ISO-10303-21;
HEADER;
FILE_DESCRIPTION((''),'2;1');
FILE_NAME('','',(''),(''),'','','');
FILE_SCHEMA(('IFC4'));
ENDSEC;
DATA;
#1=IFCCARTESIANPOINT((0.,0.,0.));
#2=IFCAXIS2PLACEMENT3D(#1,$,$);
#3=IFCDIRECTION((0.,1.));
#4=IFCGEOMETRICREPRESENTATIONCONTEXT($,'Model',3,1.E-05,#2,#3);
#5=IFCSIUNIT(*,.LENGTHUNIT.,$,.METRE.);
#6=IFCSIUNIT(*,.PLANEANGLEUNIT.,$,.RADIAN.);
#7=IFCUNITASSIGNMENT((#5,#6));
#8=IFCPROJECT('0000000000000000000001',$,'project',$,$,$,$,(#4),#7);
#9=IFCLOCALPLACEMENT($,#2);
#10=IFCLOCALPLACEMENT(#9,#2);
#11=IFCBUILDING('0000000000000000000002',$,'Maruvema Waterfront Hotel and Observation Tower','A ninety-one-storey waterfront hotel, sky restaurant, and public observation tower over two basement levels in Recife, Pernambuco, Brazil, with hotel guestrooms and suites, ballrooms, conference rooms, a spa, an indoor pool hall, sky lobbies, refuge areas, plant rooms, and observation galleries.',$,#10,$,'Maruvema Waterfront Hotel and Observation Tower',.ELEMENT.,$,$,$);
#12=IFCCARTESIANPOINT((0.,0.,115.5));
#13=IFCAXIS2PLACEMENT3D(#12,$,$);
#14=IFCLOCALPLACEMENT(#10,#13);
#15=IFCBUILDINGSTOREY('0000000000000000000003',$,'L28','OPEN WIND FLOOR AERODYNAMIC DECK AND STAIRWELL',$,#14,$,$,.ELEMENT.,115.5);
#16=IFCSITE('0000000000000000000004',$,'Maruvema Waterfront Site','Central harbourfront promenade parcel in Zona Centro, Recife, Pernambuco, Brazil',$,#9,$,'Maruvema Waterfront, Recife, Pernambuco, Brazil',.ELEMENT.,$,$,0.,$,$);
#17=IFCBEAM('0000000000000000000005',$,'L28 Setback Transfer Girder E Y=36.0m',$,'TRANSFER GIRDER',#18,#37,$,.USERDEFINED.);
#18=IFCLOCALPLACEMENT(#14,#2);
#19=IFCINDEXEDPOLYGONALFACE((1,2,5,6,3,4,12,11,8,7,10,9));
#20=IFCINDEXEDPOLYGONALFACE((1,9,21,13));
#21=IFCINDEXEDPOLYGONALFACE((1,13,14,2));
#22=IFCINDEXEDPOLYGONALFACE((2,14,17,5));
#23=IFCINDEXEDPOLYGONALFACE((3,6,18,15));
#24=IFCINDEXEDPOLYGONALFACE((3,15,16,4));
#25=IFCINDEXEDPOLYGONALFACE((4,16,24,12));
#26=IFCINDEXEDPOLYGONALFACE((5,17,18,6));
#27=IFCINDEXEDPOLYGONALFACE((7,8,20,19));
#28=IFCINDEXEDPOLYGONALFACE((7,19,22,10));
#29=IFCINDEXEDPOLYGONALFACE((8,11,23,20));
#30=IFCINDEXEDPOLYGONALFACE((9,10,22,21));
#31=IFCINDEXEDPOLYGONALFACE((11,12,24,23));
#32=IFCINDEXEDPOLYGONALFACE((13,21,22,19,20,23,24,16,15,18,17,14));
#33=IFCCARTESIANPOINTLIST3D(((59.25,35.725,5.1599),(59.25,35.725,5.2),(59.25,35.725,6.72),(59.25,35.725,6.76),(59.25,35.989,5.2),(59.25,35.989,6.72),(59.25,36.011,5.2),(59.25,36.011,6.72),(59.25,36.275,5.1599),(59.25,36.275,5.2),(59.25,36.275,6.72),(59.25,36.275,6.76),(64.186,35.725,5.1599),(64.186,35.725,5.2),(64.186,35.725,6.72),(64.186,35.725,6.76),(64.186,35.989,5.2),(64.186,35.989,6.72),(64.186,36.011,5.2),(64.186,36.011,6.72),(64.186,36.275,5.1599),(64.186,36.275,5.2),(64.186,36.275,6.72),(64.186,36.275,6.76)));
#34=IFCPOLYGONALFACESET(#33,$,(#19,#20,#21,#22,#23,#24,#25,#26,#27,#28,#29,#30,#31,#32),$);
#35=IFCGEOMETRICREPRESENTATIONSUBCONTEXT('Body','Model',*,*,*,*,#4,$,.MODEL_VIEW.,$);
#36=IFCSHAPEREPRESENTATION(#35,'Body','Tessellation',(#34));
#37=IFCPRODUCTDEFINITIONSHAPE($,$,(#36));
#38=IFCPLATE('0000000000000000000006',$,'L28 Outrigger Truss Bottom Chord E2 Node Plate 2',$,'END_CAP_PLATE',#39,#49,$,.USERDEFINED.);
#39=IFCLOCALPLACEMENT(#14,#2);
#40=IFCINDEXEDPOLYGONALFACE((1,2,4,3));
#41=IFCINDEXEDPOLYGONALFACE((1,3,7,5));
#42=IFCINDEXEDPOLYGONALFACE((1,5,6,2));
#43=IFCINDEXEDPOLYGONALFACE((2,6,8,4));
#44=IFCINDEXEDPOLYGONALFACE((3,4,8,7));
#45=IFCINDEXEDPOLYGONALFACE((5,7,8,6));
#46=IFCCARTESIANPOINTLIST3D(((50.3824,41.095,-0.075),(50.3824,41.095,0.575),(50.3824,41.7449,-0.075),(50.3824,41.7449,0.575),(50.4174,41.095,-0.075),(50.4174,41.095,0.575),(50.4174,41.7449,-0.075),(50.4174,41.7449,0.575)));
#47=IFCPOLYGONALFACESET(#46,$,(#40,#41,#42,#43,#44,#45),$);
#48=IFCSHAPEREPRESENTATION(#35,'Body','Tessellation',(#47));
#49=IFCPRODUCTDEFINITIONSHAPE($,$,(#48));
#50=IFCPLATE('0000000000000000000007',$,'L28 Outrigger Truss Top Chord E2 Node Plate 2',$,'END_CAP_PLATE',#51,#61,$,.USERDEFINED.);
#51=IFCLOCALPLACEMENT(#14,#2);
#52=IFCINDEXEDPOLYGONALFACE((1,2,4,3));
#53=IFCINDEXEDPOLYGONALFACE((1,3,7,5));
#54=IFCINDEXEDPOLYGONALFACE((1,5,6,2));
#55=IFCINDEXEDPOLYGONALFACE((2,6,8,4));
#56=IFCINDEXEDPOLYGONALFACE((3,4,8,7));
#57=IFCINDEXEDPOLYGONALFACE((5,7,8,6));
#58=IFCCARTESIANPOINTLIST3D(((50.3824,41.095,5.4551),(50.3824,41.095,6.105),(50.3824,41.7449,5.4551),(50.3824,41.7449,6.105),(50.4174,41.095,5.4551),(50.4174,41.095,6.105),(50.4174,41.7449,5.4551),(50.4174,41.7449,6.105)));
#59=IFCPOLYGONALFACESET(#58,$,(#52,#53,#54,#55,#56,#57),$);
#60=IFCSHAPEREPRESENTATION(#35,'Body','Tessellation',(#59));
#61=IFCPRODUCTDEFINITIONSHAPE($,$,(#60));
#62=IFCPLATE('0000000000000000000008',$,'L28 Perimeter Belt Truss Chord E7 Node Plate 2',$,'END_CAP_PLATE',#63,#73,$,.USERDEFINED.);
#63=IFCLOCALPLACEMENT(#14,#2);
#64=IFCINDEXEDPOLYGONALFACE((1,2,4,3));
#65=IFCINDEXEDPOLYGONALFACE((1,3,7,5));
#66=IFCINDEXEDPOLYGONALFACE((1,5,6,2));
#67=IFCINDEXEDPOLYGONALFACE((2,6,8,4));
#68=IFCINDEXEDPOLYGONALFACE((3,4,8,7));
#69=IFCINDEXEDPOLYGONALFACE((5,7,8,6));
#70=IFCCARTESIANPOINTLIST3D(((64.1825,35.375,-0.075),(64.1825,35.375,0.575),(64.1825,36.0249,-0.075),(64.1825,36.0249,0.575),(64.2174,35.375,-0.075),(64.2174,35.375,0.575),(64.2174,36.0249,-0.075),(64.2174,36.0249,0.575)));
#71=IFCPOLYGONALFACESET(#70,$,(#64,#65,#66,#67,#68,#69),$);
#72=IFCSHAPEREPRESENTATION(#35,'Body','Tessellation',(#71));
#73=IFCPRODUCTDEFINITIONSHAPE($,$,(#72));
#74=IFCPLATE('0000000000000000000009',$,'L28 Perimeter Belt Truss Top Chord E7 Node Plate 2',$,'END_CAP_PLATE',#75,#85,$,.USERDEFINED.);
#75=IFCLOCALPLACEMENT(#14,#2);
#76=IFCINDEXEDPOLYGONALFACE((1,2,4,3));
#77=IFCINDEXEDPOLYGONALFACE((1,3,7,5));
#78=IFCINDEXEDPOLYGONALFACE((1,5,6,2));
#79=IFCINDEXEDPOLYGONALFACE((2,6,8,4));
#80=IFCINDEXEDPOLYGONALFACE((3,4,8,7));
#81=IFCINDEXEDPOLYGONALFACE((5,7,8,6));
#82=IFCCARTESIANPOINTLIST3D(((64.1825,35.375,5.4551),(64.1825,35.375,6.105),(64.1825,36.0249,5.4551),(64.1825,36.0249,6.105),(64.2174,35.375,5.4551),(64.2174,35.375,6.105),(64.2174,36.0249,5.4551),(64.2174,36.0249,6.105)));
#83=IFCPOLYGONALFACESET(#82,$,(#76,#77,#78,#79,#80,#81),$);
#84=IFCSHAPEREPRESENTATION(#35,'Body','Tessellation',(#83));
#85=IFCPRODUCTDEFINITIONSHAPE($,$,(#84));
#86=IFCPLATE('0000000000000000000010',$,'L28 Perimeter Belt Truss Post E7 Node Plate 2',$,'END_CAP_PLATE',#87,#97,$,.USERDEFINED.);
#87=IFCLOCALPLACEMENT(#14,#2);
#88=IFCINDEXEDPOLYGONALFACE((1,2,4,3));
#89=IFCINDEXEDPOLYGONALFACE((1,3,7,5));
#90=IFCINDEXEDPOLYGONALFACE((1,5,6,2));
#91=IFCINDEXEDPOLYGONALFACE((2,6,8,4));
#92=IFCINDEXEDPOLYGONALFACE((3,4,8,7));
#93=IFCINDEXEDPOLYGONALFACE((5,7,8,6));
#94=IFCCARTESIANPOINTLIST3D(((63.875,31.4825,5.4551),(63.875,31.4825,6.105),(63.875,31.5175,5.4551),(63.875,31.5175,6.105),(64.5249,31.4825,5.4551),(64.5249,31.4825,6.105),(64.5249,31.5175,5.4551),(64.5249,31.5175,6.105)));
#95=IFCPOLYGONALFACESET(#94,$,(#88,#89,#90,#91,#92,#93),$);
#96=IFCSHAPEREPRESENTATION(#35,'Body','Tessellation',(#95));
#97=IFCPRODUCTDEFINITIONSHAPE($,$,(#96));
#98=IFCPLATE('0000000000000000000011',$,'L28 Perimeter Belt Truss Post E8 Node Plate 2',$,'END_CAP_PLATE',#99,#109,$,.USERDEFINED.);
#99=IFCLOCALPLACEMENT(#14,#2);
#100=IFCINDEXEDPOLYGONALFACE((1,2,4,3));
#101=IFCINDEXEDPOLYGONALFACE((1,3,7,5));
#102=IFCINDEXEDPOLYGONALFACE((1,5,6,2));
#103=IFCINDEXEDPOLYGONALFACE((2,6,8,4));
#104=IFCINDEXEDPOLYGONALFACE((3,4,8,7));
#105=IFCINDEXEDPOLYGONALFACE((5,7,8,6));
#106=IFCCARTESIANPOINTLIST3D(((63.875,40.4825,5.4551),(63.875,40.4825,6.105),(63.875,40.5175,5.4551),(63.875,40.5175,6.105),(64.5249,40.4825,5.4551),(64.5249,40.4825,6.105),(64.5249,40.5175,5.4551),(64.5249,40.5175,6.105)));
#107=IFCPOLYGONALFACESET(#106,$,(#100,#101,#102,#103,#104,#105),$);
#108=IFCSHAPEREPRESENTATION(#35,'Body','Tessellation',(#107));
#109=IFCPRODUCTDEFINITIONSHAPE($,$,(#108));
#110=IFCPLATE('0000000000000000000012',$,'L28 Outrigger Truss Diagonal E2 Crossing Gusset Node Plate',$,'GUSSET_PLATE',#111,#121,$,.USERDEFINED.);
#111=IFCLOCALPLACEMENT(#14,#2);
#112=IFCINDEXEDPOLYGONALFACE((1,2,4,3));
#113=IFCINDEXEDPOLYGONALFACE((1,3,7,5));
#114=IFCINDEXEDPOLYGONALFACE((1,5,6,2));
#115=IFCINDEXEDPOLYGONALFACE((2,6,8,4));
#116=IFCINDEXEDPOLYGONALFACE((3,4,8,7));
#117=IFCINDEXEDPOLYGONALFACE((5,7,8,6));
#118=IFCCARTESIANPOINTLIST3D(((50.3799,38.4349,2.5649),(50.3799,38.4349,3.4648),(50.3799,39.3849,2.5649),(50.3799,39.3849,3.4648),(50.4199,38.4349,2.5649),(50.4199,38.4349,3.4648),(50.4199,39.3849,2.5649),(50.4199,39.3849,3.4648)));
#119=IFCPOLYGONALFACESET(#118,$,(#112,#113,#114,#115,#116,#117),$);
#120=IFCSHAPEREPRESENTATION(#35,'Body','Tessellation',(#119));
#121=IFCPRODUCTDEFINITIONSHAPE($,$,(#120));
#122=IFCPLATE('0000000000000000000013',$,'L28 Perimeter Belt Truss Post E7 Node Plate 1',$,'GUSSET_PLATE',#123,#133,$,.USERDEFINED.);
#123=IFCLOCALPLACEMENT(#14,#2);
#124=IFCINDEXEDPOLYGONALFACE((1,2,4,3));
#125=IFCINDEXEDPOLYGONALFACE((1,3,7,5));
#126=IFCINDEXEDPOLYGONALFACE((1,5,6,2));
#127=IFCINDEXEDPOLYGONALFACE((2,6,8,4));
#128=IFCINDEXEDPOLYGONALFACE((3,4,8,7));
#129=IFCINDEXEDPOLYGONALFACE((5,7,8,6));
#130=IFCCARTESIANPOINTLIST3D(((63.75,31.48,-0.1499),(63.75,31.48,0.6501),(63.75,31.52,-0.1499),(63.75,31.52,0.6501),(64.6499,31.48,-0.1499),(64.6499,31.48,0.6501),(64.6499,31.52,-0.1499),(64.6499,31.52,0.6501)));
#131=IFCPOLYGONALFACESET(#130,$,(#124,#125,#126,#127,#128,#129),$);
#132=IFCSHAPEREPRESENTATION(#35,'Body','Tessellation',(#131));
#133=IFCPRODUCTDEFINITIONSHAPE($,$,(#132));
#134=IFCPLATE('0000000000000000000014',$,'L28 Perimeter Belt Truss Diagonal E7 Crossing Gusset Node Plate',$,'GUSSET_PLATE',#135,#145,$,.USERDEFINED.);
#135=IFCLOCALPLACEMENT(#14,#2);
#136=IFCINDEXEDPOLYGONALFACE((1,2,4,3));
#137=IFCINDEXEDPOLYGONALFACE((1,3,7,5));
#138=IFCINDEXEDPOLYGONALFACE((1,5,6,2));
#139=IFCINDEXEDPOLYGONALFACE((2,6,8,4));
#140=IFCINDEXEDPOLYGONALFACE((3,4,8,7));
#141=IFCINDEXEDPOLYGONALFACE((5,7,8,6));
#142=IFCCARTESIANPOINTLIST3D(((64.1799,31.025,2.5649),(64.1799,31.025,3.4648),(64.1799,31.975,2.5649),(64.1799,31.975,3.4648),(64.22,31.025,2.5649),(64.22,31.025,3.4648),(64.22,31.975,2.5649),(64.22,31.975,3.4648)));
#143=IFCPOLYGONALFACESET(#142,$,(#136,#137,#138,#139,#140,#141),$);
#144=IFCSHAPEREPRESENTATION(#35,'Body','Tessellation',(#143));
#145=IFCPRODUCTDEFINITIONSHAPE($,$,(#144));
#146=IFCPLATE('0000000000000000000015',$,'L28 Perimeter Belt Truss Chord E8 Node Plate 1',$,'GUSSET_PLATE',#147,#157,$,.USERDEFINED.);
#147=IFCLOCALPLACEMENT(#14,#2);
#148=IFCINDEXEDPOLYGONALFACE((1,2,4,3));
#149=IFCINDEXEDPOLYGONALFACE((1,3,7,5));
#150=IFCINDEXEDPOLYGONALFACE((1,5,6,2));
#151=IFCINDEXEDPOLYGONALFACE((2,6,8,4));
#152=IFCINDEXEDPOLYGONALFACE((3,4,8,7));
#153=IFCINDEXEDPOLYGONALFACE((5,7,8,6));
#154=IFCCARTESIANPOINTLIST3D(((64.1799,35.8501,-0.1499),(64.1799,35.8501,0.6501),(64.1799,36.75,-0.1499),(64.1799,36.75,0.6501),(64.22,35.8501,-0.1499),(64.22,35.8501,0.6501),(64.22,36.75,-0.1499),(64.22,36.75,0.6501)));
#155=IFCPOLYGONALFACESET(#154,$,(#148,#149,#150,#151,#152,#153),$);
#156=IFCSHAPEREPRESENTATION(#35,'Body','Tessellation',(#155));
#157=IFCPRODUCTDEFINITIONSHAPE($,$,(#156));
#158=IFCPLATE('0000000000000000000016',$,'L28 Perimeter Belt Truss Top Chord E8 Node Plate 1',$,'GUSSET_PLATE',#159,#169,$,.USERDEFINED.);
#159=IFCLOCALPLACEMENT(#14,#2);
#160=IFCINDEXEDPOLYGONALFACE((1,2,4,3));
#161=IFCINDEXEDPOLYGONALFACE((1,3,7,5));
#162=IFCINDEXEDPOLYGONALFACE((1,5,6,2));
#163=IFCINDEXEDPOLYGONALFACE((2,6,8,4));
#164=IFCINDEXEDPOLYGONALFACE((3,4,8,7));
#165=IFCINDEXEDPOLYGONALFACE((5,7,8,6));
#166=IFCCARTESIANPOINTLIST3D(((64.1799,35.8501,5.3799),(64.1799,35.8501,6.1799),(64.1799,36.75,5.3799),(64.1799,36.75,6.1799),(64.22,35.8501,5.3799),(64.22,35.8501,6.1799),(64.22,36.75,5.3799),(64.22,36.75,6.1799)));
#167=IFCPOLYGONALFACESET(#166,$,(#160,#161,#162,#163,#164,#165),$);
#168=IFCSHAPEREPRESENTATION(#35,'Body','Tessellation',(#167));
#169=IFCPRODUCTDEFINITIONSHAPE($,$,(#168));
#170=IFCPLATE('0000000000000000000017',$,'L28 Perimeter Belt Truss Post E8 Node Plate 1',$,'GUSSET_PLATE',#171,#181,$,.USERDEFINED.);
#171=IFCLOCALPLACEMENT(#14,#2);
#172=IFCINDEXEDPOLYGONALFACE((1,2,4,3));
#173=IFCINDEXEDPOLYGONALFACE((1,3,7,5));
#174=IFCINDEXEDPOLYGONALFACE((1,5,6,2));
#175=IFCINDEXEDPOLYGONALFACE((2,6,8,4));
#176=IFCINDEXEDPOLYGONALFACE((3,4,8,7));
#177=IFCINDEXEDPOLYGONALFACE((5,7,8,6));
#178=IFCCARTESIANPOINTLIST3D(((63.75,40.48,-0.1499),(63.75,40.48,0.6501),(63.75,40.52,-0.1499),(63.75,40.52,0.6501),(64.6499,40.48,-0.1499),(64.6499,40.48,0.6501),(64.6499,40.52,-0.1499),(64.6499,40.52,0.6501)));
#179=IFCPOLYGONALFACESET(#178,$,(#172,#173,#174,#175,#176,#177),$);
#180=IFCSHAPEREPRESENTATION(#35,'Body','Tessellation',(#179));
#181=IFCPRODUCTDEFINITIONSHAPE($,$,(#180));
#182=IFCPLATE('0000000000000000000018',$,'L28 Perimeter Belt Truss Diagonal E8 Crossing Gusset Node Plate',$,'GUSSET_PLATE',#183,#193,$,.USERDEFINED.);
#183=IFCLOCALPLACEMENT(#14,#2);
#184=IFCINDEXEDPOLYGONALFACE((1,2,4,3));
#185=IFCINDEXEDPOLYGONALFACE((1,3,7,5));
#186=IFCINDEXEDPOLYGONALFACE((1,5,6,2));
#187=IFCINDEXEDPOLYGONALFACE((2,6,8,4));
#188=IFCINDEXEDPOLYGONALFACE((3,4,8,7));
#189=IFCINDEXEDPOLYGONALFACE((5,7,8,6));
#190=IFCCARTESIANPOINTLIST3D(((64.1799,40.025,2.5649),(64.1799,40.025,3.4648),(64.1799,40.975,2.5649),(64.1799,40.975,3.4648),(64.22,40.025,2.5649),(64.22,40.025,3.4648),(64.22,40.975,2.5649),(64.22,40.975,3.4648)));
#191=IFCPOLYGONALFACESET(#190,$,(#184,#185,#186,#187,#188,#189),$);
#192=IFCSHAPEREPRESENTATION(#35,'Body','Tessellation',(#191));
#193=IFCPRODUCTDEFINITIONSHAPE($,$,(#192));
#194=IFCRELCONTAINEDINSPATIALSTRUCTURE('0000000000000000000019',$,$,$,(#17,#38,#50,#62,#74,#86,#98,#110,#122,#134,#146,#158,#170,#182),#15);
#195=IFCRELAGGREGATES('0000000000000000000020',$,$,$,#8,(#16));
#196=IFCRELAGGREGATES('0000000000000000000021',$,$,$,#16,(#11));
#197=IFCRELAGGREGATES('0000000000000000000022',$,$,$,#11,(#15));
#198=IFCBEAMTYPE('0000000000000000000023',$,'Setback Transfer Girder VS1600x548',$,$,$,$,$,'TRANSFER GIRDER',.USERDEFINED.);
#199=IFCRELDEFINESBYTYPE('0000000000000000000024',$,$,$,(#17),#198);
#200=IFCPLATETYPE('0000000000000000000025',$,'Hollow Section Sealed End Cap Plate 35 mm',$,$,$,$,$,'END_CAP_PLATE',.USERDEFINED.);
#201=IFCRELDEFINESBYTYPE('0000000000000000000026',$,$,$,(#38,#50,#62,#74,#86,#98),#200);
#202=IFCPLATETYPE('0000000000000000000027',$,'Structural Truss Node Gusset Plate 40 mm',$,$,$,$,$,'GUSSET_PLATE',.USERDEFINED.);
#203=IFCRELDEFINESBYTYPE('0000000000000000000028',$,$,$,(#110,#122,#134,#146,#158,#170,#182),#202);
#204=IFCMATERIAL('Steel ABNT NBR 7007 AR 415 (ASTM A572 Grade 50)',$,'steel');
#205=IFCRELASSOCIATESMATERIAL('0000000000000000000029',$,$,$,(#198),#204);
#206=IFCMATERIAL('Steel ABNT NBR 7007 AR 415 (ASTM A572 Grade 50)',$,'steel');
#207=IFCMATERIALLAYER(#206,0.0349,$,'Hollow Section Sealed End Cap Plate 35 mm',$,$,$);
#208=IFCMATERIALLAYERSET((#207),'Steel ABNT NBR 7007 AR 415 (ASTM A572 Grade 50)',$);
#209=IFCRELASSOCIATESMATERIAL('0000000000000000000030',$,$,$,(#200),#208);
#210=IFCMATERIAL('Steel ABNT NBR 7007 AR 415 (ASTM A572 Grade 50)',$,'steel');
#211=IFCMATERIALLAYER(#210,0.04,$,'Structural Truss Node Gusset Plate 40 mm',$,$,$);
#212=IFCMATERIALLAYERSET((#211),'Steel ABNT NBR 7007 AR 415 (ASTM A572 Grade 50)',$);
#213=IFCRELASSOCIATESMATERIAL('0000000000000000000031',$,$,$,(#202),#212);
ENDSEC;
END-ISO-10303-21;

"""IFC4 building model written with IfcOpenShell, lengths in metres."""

from ifc_helpers import new_model, si_unit, direction, frame, origin, origin_2d, place, context, subcontext, project, spatial, rectangle, i_section, extrude, material, layer, layer_set, material_profile, profile_set, type_object, element, save


model = new_model("IFC4")

# Units and contexts
model_context = context("Model", 3, precision=1e-05, world=origin(), true_north=direction((0.0, 1.0)))
body_context = subcontext(model_context, "Body", "Model", "MODEL_VIEW")
ifc_project = project(units=[si_unit("LENGTHUNIT", "METRE"), si_unit("PLANEANGLEUNIT", "RADIAN")], contexts=[model_context])

# Site, building, storey
site_placement = place(None, origin())
site = spatial("IfcSite", under=ifc_project, at=site_placement, Name="Maruvema Waterfront Site", Description="Central harbourfront promenade parcel in Zona Centro, Recife, Pernambuco, Brazil", LongName="Maruvema Waterfront, Recife, Pernambuco, Brazil", CompositionType="ELEMENT", RefElevation=0.0)
building_placement = place(site_placement, origin())
building = spatial("IfcBuilding", under=site, at=building_placement, Name="Maruvema Waterfront Hotel and Observation Tower", Description="A ninety-one-storey waterfront hotel, sky restaurant, and public observation tower over two basement levels in Recife, Pernambuco, Brazil, with hotel guestrooms and suites, ballrooms, conference rooms, a spa, an indoor pool hall, sky lobbies, refuge areas, plant rooms, and observation galleries.", LongName="Maruvema Waterfront Hotel and Observation Tower", CompositionType="ELEMENT")
storey_placement = place(building_placement, frame((0.0, 0.0, 115.5)))
storey = spatial("IfcBuildingStorey", under=building, at=storey_placement, Name="L28", Description="OPEN WIND FLOOR AERODYNAMIC DECK AND STAIRWELL", CompositionType="ELEMENT", Elevation=115.5)

# Beam
ifc_material_1 = material(Name="Steel ABNT NBR 7007 AR 415 (ASTM A572 Grade 50)", Category="steel")
ifc_material_profile_1 = material_profile(ifc_material_1, i_section(OverallWidth=0.55, OverallDepth=1.6001, WebThickness=0.022, FlangeThickness=0.04, at=origin_2d()), Name="VS1600x548")
ifc_profile_set_1 = profile_set([ifc_material_profile_1], Name="Steel ABNT NBR 7007 AR 415 (ASTM A572 Grade 50)")
beam_type_1 = type_object("IfcBeamType", Name="Setback Transfer Girder VS1600x548", ElementType="TRANSFER GIRDER", PredefinedType="USERDEFINED", material=ifc_profile_set_1)
beam_1_placement = place(storey_placement, frame((59.25, 36.0, 5.96), z_axis=(1.0, 0.0, 0.0), x_axis=(0.0, 1.0, 0.0)))
element("IfcBeam", 1, at=beam_1_placement, inside=storey, type_object=beam_type_1, Name="L28 Setback Transfer Girder E Y=36.0m", ObjectType="TRANSFER GIRDER", PredefinedType="USERDEFINED", context=body_context, shape_type="SweptSolid", body=[
    extrude(i_section(OverallWidth=0.55, OverallDepth=1.6001, WebThickness=0.022, FlangeThickness=0.04, at=origin_2d()), origin(), (0.0, 0.0, 1.0), 4.936),
])

# Plates
ifc_material_2 = material(Name="Steel ABNT NBR 7007 AR 415 (ASTM A572 Grade 50)", Category="steel")
ifc_layer_1 = layer(ifc_material_2, 0.0349, Name="Hollow Section Sealed End Cap Plate 35 mm")
ifc_layer_set_1 = layer_set([ifc_layer_1], Name="Steel ABNT NBR 7007 AR 415 (ASTM A572 Grade 50)")
plate_type_1 = type_object("IfcPlateType", Name="Hollow Section Sealed End Cap Plate 35 mm", ElementType="END_CAP_PLATE", PredefinedType="USERDEFINED", material=ifc_layer_set_1)
for number, where, z_axis, x_axis, name in (
    (2, (50.3999, 41.4199, -0.075), (0.0, 0.0, 1.0), (0.0, 1.0, 0.0), "L28 Outrigger Truss Bottom Chord E2 Node Plate 2"),
    (3, (50.3999, 41.4199, 5.4551), (0.0, 0.0, 1.0), (0.0, 1.0, 0.0), "L28 Outrigger Truss Top Chord E2 Node Plate 2"),
    (4, (64.2, 35.7, -0.075), (0.0, 0.0, 1.0), (0.0, 1.0, 0.0), "L28 Perimeter Belt Truss Chord E7 Node Plate 2"),
    (5, (64.2, 35.7, 5.4551), (0.0, 0.0, 1.0), (0.0, 1.0, 0.0), "L28 Perimeter Belt Truss Top Chord E7 Node Plate 2"),
    (6, (64.2, 31.5, 5.4551), (0.0, 0.0, 1.0), (1.0, 0.0, 0.0), "L28 Perimeter Belt Truss Post E7 Node Plate 2"),
    (7, (64.2, 40.5, 5.4551), (0.0, 0.0, 1.0), (1.0, 0.0, 0.0), "L28 Perimeter Belt Truss Post E8 Node Plate 2"),
):
    element("IfcPlate", number, at=place(storey_placement, frame(where, z_axis=z_axis, x_axis=x_axis)), inside=storey, type_object=plate_type_1, Name=name, ObjectType="END_CAP_PLATE", PredefinedType="USERDEFINED", context=body_context, shape_type="SweptSolid", body=[
        extrude(rectangle(XDim=0.6499, YDim=0.0349, at=origin_2d()), origin(), (0.0, 0.0, 1.0), 0.6499),
    ])
ifc_material_3 = material(Name="Steel ABNT NBR 7007 AR 415 (ASTM A572 Grade 50)", Category="steel")
ifc_layer_2 = layer(ifc_material_3, 0.04, Name="Structural Truss Node Gusset Plate 40 mm")
ifc_layer_set_2 = layer_set([ifc_layer_2], Name="Steel ABNT NBR 7007 AR 415 (ASTM A572 Grade 50)")
plate_type_2 = type_object("IfcPlateType", Name="Structural Truss Node Gusset Plate 40 mm", ElementType="GUSSET_PLATE", PredefinedType="USERDEFINED", material=ifc_layer_set_2)
plate_1_placement = place(storey_placement, frame((50.3999, 38.9099, 2.5649), z_axis=(0.0, 0.0, 1.0), x_axis=(0.0, -1.0, 0.0)))
element("IfcPlate", 8, at=plate_1_placement, inside=storey, type_object=plate_type_2, Name="L28 Outrigger Truss Diagonal E2 Crossing Gusset Node Plate", ObjectType="GUSSET_PLATE", PredefinedType="USERDEFINED", context=body_context, shape_type="SweptSolid", body=[
    extrude(rectangle(XDim=0.95, YDim=0.04, at=origin_2d()), origin(), (0.0, 0.0, 1.0), 0.8999),
])
plate_2_placement = place(storey_placement, frame((64.2, 31.5, -0.1499), z_axis=(0.0, 0.0, 1.0), x_axis=(1.0, 0.0, 0.0)))
element("IfcPlate", 9, at=plate_2_placement, inside=storey, type_object=plate_type_2, Name="L28 Perimeter Belt Truss Post E7 Node Plate 1", ObjectType="GUSSET_PLATE", PredefinedType="USERDEFINED", context=body_context, shape_type="SweptSolid", body=[
    extrude(rectangle(XDim=0.8999, YDim=0.04, at=origin_2d()), origin(), (0.0, 0.0, 1.0), 0.8),
])
plate_3_placement = place(storey_placement, frame((64.2, 31.5, 2.5649), z_axis=(0.0, 0.0, 1.0), x_axis=(0.0, -1.0, 0.0)))
element("IfcPlate", 10, at=plate_3_placement, inside=storey, type_object=plate_type_2, Name="L28 Perimeter Belt Truss Diagonal E7 Crossing Gusset Node Plate", ObjectType="GUSSET_PLATE", PredefinedType="USERDEFINED", context=body_context, shape_type="SweptSolid", body=[
    extrude(rectangle(XDim=0.95, YDim=0.04, at=origin_2d()), origin(), (0.0, 0.0, 1.0), 0.8999),
])
for number, where, z_axis, x_axis, name in (
    (11, (64.2, 36.3, -0.1499), (0.0, 0.0, 1.0), (0.0, 1.0, 0.0), "L28 Perimeter Belt Truss Chord E8 Node Plate 1"),
    (12, (64.2, 36.3, 5.3799), (0.0, 0.0, 1.0), (0.0, 1.0, 0.0), "L28 Perimeter Belt Truss Top Chord E8 Node Plate 1"),
    (13, (64.2, 40.5, -0.1499), (0.0, 0.0, 1.0), (1.0, 0.0, 0.0), "L28 Perimeter Belt Truss Post E8 Node Plate 1"),
):
    element("IfcPlate", number, at=place(storey_placement, frame(where, z_axis=z_axis, x_axis=x_axis)), inside=storey, type_object=plate_type_2, Name=name, ObjectType="GUSSET_PLATE", PredefinedType="USERDEFINED", context=body_context, shape_type="SweptSolid", body=[
        extrude(rectangle(XDim=0.8999, YDim=0.04, at=origin_2d()), origin(), (0.0, 0.0, 1.0), 0.8),
    ])
plate_4_placement = place(storey_placement, frame((64.2, 40.5, 2.5649), z_axis=(0.0, 0.0, 1.0), x_axis=(0.0, -1.0, 0.0)))
element("IfcPlate", 14, at=plate_4_placement, inside=storey, type_object=plate_type_2, Name="L28 Perimeter Belt Truss Diagonal E8 Crossing Gusset Node Plate", ObjectType="GUSSET_PLATE", PredefinedType="USERDEFINED", context=body_context, shape_type="SweptSolid", body=[
    extrude(rectangle(XDim=0.95, YDim=0.04, at=origin_2d()), origin(), (0.0, 0.0, 1.0), 0.8999),
])

save(model, "model.ifc")
